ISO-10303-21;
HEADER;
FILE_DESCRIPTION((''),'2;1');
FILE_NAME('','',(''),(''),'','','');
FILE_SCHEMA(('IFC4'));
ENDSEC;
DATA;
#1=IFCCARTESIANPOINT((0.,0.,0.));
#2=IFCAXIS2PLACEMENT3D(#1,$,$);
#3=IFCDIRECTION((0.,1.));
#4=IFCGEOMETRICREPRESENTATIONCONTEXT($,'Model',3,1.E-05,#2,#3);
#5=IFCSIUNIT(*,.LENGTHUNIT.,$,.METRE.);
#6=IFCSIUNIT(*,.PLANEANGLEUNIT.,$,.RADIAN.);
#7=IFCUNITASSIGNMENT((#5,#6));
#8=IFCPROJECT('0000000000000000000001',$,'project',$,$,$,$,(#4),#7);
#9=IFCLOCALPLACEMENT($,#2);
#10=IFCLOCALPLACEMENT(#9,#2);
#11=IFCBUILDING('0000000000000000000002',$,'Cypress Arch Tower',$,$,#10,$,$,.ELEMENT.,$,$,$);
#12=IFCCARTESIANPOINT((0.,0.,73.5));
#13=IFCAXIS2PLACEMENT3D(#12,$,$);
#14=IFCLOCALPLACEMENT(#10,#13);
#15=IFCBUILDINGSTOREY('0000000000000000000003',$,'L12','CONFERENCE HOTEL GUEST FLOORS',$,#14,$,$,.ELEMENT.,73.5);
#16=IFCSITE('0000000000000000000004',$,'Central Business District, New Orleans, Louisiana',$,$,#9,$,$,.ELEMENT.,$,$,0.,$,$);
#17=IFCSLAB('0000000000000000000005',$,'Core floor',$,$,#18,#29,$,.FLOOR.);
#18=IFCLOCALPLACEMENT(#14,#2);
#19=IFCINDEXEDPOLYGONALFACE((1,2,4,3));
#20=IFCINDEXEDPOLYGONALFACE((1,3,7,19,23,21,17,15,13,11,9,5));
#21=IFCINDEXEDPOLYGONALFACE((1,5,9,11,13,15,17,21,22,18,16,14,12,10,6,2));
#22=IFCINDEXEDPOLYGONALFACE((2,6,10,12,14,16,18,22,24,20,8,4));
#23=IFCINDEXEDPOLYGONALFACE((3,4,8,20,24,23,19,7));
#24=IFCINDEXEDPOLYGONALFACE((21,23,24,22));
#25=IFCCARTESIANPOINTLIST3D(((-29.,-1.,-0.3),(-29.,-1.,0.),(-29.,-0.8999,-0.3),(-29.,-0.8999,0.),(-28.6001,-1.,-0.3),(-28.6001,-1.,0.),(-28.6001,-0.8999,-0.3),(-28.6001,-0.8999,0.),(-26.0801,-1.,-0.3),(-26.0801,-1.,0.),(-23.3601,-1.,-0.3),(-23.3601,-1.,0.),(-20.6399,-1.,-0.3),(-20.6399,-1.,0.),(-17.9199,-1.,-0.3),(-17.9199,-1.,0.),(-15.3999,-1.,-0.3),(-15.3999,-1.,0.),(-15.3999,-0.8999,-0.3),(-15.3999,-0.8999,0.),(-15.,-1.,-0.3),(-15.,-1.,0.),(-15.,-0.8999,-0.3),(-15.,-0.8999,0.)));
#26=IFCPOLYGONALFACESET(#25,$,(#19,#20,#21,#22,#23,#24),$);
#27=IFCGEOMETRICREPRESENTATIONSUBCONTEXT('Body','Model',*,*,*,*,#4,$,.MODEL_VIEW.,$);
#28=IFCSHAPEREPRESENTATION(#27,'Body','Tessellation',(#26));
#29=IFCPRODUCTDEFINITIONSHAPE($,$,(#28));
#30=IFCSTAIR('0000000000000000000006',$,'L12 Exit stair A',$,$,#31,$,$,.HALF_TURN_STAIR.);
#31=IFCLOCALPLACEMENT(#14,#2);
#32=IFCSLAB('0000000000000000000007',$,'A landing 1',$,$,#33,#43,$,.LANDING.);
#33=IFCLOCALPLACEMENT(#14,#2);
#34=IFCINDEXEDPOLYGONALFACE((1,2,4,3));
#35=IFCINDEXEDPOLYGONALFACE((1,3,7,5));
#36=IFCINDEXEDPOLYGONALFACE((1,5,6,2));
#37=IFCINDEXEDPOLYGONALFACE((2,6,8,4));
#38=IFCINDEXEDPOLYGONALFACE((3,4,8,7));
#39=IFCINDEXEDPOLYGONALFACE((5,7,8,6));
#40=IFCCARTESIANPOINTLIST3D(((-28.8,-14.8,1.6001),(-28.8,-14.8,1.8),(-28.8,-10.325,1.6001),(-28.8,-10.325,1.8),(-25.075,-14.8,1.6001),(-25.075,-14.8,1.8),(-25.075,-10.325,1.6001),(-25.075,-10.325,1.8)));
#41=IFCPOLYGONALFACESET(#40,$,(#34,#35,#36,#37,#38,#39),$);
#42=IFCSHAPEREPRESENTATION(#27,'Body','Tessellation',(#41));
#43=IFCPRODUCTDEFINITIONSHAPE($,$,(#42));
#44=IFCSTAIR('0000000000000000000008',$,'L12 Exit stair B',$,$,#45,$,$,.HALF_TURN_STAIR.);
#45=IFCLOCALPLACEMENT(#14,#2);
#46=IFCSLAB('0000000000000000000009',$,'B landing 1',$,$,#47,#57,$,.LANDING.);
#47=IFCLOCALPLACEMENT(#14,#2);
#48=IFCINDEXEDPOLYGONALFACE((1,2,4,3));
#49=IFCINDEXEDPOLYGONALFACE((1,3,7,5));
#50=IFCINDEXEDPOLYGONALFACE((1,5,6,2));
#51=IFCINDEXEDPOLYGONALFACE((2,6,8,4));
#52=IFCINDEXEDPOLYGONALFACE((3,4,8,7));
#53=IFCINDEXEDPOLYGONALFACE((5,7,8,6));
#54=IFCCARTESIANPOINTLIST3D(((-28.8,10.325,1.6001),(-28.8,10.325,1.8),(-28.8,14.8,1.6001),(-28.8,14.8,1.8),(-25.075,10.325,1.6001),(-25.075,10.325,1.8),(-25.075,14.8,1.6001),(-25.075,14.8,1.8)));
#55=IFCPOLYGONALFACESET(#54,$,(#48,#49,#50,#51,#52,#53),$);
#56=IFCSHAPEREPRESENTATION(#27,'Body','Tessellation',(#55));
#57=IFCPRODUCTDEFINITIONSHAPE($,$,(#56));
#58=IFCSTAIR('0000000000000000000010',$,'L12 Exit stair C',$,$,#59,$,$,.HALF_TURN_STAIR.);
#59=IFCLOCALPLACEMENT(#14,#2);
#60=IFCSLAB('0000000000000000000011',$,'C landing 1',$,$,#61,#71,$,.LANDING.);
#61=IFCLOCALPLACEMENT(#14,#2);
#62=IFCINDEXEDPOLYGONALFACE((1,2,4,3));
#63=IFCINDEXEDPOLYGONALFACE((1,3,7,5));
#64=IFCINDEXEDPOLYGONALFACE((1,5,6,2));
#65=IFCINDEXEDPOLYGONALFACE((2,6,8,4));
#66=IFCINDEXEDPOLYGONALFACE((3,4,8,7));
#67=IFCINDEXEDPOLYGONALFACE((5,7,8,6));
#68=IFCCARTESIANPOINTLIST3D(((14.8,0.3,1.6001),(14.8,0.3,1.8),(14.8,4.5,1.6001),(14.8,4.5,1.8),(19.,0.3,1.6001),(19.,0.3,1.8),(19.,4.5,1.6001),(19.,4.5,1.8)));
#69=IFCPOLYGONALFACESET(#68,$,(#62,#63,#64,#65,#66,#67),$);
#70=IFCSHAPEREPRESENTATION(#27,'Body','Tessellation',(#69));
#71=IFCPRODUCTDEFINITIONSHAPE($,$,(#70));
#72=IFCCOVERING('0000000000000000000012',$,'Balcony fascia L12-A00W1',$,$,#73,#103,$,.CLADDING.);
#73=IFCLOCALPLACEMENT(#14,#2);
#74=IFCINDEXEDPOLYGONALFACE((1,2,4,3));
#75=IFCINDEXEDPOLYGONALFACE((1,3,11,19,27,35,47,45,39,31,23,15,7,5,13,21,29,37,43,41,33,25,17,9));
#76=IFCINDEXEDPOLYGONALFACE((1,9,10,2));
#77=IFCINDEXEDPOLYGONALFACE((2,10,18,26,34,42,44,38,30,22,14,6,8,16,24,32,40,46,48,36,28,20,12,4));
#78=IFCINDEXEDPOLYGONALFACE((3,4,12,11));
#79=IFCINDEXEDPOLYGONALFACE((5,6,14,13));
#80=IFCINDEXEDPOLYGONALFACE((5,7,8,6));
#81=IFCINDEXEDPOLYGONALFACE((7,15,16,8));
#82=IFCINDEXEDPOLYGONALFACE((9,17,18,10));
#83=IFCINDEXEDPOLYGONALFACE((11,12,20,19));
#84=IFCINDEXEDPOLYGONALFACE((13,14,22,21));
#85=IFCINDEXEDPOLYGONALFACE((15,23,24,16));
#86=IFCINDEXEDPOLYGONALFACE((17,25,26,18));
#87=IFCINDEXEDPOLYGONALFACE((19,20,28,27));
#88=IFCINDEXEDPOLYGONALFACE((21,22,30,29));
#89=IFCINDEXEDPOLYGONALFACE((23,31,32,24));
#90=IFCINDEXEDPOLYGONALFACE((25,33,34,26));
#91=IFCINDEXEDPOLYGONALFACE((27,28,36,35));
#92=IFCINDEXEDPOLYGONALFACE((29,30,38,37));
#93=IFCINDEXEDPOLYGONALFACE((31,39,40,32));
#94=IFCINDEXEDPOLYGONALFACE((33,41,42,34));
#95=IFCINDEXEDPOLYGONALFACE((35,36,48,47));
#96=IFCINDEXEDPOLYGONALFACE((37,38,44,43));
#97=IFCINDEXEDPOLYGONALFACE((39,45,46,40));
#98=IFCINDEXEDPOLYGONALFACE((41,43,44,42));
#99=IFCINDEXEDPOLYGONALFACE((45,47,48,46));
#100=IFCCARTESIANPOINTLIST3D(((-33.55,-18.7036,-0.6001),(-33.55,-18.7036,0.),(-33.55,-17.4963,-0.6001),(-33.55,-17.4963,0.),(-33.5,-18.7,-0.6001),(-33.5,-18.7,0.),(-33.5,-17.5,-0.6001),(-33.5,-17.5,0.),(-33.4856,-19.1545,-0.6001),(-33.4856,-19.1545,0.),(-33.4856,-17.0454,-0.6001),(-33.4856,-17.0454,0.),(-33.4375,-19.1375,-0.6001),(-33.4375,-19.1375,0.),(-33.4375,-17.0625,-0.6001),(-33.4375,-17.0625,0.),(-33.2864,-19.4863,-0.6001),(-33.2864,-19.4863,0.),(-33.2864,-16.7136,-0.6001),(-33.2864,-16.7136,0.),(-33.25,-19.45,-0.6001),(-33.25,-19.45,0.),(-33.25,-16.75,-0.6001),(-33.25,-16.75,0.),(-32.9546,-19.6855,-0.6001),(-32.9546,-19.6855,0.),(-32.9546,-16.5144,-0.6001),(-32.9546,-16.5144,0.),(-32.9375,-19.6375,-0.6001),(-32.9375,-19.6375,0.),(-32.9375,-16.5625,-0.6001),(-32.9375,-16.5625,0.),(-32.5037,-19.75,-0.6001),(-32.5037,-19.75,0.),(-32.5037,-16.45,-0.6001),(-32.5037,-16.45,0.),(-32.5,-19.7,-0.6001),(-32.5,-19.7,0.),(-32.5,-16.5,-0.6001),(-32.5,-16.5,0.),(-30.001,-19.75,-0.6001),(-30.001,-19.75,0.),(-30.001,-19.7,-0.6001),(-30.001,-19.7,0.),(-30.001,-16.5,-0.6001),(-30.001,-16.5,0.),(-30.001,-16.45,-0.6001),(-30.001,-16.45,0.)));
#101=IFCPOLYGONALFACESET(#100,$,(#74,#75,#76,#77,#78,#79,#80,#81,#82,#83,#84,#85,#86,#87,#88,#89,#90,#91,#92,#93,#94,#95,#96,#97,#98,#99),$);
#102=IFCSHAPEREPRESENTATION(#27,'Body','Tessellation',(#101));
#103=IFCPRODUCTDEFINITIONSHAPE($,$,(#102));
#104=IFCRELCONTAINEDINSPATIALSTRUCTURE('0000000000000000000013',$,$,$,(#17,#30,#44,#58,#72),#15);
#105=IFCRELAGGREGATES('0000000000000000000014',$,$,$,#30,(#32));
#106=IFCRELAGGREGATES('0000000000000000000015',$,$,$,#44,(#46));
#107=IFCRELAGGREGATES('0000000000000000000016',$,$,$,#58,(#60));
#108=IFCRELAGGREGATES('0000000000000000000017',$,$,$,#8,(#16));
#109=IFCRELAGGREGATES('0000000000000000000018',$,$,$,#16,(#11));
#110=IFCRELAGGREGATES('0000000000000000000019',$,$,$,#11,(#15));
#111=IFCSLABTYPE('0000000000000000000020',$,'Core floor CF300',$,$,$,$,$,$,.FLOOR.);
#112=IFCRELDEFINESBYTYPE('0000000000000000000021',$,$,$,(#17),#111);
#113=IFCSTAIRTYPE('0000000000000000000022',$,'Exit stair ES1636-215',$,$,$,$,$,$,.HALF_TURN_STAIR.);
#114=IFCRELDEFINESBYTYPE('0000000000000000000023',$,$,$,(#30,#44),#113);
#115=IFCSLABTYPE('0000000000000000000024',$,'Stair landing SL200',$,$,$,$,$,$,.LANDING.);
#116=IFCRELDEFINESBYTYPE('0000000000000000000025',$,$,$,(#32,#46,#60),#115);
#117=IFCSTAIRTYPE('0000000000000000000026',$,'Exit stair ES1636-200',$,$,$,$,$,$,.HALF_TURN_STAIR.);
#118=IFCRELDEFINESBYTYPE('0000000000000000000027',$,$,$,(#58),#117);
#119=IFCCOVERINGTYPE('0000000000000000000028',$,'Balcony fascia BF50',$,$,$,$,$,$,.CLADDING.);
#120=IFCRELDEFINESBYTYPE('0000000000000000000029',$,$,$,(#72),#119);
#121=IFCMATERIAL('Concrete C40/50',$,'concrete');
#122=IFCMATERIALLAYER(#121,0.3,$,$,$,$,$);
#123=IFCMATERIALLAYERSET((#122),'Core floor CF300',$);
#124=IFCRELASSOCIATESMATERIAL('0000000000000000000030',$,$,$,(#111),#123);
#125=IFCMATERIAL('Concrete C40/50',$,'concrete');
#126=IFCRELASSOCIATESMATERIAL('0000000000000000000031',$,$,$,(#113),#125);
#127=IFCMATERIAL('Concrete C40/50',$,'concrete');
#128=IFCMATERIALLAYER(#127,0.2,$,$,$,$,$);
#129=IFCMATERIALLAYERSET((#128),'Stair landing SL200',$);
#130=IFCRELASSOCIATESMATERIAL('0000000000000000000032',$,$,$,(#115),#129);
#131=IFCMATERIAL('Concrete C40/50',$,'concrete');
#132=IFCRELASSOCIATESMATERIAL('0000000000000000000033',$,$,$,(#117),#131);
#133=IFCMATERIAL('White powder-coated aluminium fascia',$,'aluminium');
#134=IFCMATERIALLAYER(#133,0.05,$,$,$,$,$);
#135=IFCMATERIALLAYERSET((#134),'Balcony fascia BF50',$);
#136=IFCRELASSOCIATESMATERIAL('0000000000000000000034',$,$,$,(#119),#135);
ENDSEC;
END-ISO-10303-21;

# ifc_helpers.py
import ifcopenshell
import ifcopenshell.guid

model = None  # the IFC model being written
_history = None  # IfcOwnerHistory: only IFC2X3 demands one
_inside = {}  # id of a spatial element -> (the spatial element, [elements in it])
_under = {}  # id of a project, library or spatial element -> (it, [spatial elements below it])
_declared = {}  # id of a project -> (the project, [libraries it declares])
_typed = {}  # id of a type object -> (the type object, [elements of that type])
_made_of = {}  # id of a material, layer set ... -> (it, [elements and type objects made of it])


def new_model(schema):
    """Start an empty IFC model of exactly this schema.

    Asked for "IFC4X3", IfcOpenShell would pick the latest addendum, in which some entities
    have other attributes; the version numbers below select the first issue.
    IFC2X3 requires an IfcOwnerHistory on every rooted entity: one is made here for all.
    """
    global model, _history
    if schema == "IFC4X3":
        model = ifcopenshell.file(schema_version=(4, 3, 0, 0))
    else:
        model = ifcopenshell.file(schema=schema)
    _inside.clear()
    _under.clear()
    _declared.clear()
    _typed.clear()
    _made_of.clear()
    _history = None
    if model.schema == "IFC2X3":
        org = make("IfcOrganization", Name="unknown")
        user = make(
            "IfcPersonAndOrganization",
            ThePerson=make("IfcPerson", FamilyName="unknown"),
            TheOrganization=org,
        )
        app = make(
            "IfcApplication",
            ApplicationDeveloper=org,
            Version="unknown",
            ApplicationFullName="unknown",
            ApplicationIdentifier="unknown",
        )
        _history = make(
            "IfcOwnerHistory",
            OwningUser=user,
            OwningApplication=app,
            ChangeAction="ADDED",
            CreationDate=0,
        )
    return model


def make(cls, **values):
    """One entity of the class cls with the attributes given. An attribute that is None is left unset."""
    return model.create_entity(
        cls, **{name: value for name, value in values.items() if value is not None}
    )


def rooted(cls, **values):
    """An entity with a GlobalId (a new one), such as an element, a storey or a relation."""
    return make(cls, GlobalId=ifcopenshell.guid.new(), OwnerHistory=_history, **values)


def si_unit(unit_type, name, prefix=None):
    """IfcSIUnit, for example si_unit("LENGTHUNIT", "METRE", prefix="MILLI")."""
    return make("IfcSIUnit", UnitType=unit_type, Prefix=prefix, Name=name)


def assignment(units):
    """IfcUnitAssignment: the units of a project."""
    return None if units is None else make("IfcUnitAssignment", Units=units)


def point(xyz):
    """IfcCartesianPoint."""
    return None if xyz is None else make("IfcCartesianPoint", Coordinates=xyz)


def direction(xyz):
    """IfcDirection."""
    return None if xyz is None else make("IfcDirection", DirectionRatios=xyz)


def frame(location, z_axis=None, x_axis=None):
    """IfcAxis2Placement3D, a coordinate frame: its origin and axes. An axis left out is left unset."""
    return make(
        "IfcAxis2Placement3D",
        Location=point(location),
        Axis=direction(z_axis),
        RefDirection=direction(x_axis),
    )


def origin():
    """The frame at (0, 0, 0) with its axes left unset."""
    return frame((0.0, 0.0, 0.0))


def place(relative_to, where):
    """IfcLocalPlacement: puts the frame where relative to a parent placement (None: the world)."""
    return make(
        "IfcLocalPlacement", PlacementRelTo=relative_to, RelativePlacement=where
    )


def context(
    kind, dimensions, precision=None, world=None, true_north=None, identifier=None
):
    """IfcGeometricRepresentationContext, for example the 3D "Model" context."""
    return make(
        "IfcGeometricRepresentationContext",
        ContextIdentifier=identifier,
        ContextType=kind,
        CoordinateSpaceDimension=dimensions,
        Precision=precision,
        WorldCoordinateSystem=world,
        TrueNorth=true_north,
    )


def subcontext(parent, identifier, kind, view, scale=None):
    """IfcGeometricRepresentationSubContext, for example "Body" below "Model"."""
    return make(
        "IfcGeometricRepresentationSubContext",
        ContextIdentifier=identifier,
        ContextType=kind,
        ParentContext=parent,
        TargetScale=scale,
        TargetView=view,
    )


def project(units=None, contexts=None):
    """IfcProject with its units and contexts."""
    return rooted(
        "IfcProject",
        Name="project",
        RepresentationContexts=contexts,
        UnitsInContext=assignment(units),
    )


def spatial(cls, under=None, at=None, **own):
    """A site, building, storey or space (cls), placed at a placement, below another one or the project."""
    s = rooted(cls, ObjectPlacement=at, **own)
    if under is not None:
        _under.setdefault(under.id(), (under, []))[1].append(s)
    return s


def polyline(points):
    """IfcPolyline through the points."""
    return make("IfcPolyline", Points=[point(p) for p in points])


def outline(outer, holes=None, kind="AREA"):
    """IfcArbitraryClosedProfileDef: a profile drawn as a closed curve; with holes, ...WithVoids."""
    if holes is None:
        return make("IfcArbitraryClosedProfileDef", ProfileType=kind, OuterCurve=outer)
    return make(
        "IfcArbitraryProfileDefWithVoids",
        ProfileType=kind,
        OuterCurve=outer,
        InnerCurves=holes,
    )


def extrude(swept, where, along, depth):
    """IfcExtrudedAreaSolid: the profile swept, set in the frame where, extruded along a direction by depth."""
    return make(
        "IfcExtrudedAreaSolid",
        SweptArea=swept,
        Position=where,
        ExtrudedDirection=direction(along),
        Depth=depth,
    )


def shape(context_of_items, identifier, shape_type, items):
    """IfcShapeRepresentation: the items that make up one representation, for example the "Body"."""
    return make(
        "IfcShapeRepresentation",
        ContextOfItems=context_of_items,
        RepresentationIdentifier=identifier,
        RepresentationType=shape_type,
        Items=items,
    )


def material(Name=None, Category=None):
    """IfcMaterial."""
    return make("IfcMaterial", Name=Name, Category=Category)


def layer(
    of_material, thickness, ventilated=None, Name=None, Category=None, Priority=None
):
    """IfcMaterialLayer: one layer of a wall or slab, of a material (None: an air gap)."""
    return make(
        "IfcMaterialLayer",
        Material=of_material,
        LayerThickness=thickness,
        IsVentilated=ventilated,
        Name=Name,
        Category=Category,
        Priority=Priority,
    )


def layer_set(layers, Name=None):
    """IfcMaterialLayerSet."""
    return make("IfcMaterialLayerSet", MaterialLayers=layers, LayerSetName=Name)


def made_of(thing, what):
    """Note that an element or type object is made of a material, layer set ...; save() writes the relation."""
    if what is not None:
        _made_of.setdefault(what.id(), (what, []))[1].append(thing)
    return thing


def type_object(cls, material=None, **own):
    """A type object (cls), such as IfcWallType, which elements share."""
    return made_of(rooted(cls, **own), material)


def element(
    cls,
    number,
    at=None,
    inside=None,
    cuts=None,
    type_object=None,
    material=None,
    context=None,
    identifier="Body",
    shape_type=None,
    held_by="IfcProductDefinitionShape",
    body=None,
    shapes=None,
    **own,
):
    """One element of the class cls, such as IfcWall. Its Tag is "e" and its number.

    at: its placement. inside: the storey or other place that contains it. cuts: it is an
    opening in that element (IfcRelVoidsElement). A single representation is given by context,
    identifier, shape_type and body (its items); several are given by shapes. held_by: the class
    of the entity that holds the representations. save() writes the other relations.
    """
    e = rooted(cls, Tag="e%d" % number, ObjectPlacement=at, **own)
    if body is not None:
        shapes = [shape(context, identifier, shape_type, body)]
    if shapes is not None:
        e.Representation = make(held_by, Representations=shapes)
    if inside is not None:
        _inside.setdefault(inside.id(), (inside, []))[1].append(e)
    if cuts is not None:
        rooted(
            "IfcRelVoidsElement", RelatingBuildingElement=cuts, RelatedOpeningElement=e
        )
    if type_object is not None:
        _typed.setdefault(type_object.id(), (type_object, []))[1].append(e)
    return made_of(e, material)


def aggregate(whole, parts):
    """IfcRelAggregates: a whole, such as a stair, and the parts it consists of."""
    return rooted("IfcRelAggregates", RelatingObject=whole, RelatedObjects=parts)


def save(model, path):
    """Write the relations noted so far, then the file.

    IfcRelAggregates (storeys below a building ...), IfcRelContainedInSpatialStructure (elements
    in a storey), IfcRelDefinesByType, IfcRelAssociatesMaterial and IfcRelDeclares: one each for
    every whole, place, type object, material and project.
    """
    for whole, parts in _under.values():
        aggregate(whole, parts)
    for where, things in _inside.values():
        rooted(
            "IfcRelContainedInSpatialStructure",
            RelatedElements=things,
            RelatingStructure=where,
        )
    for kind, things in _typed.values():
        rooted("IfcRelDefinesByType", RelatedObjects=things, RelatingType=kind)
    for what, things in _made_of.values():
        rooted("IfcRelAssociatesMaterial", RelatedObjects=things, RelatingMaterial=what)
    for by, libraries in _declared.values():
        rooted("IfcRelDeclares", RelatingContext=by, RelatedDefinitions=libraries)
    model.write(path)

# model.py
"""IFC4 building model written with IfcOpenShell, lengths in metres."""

from ifc_helpers import new_model, si_unit, direction, frame, origin, place, context, subcontext, project, spatial, polyline, outline, extrude, material, layer, layer_set, type_object, element, aggregate, save


model = new_model("IFC4")

# Units and contexts
model_context = context("Model", 3, precision=1e-05, world=origin(), true_north=direction((0.0, 1.0)))
body_context = subcontext(model_context, "Body", "Model", "MODEL_VIEW")
ifc_project = project(units=[si_unit("LENGTHUNIT", "METRE"), si_unit("PLANEANGLEUNIT", "RADIAN")], contexts=[model_context])

# Site, building, storey
site_placement = place(None, origin())
site = spatial("IfcSite", under=ifc_project, at=site_placement, Name="Central Business District, New Orleans, Louisiana", CompositionType="ELEMENT", RefElevation=0.0)
building_placement = place(site_placement, origin())
building = spatial("IfcBuilding", under=site, at=building_placement, Name="Cypress Arch Tower", CompositionType="ELEMENT")
storey_placement = place(building_placement, frame((0.0, 0.0, 73.5)))
storey = spatial("IfcBuildingStorey", under=building, at=storey_placement, Name="L12", Description="CONFERENCE HOTEL GUEST FLOORS", CompositionType="ELEMENT", Elevation=73.5)

# Slab
ifc_material_1 = material(Name="Concrete C40/50", Category="concrete")
ifc_layer_1 = layer(ifc_material_1, 0.3)
ifc_layer_set_1 = layer_set([ifc_layer_1], Name="Core floor CF300")
slab_type_1 = type_object("IfcSlabType", Name="Core floor CF300", PredefinedType="FLOOR", material=ifc_layer_set_1)
slab_1_placement = place(storey_placement, frame((0.0, 0.0, -0.3)))
element("IfcSlab", 1, at=slab_1_placement, inside=storey, type_object=slab_type_1, Name="Core floor", PredefinedType="FLOOR", context=body_context, shape_type="SweptSolid", body=[
    extrude(outline(polyline([(-20.6399, -1.0), (-23.3601, -1.0), (-26.0801, -1.0), (-28.6001, -1.0), (-29.0, -1.0), (-29.0, -0.8999), (-28.6001, -0.8999), (-15.3999, -0.8999), (-15.0, -0.8999), (-15.0, -1.0), (-15.3999, -1.0), (-17.9199, -1.0), (-20.6399, -1.0)])), origin(), (0.0, 0.0, 1.0), 0.3),
])

# Stairs, slabs
ifc_material_2 = material(Name="Concrete C40/50", Category="concrete")
stair_type_1 = type_object("IfcStairType", Name="Exit stair ES1636-215", PredefinedType="HALF_TURN_STAIR", material=ifc_material_2)
stair_1_placement = place(storey_placement, origin())
stair_1 = element("IfcStair", 2, at=stair_1_placement, inside=storey, type_object=stair_type_1, Name="L12 Exit stair A", PredefinedType="HALF_TURN_STAIR")
ifc_material_3 = material(Name="Concrete C40/50", Category="concrete")
ifc_layer_2 = layer(ifc_material_3, 0.2)
ifc_layer_set_2 = layer_set([ifc_layer_2], Name="Stair landing SL200")
slab_type_2 = type_object("IfcSlabType", Name="Stair landing SL200", PredefinedType="LANDING", material=ifc_layer_set_2)
slab_2_placement = place(storey_placement, frame((0.0, 0.0, 1.6001)))
slab_2 = element("IfcSlab", 3, at=slab_2_placement, type_object=slab_type_2, Name="A landing 1", PredefinedType="LANDING", context=body_context, shape_type="SweptSolid", body=[
    extrude(outline(polyline([(-25.075, -10.325), (-28.8, -10.325), (-28.8, -14.8), (-25.075, -14.8), (-25.075, -10.325)])), origin(), (0.0, 0.0, 1.0), 0.2),
])
aggregate(stair_1, [slab_2])
stair_2_placement = place(storey_placement, origin())
stair_2 = element("IfcStair", 4, at=stair_2_placement, inside=storey, type_object=stair_type_1, Name="L12 Exit stair B", PredefinedType="HALF_TURN_STAIR")
slab_3_placement = place(storey_placement, frame((0.0, 0.0, 1.6001)))
slab_3 = element("IfcSlab", 5, at=slab_3_placement, type_object=slab_type_2, Name="B landing 1", PredefinedType="LANDING", context=body_context, shape_type="SweptSolid", body=[
    extrude(outline(polyline([(-25.075, 14.8), (-28.8, 14.8), (-28.8, 10.325), (-25.075, 10.325), (-25.075, 14.8)])), origin(), (0.0, 0.0, 1.0), 0.2),
])
aggregate(stair_2, [slab_3])
ifc_material_4 = material(Name="Concrete C40/50", Category="concrete")
stair_type_2 = type_object("IfcStairType", Name="Exit stair ES1636-200", PredefinedType="HALF_TURN_STAIR", material=ifc_material_4)
stair_3_placement = place(storey_placement, origin())
stair_3 = element("IfcStair", 6, at=stair_3_placement, inside=storey, type_object=stair_type_2, Name="L12 Exit stair C", PredefinedType="HALF_TURN_STAIR")
slab_4_placement = place(storey_placement, frame((0.0, 0.0, 1.6001)))
slab_4 = element("IfcSlab", 7, at=slab_4_placement, type_object=slab_type_2, Name="C landing 1", PredefinedType="LANDING", context=body_context, shape_type="SweptSolid", body=[
    extrude(outline(polyline([(19.0, 0.3), (19.0, 4.5), (14.8, 4.5), (14.8, 0.3), (19.0, 0.3)])), origin(), (0.0, 0.0, 1.0), 0.2),
])
aggregate(stair_3, [slab_4])

# Covering
ifc_material_5 = material(Name="White powder-coated aluminium fascia", Category="aluminium")
ifc_layer_3 = layer(ifc_material_5, 0.05)
ifc_layer_set_3 = layer_set([ifc_layer_3], Name="Balcony fascia BF50")
covering_type_1 = type_object("IfcCoveringType", Name="Balcony fascia BF50", PredefinedType="CLADDING", material=ifc_layer_set_3)
covering_1_placement = place(storey_placement, frame((0.0, 0.0, -0.6001)))
element("IfcCovering", 8, at=covering_1_placement, inside=storey, type_object=covering_type_1, Name="Balcony fascia L12-A00W1", PredefinedType="CLADDING", context=body_context, shape_type="SweptSolid", body=[
    extrude(outline(polyline([(-32.5037, -19.75), (-32.9546, -19.6855), (-33.2864, -19.4863), (-33.4856, -19.1545), (-33.55, -18.7036), (-33.55, -17.4963), (-33.4856, -17.0454), (-33.2864, -16.7136), (-32.9546, -16.5144), (-32.5037, -16.45), (-30.001, -16.45), (-30.001, -16.5), (-32.5, -16.5), (-32.9375, -16.5625), (-33.25, -16.75), (-33.4375, -17.0625), (-33.5, -17.5), (-33.5, -18.7), (-33.4375, -19.1375), (-33.25, -19.45), (-32.9375, -19.6375), (-32.5, -19.7), (-30.001, -19.7), (-30.001, -19.75), (-32.5037, -19.75)])), origin(), (0.0, 0.0, 1.0), 0.6001),
])

save(model, "model.ifc")
